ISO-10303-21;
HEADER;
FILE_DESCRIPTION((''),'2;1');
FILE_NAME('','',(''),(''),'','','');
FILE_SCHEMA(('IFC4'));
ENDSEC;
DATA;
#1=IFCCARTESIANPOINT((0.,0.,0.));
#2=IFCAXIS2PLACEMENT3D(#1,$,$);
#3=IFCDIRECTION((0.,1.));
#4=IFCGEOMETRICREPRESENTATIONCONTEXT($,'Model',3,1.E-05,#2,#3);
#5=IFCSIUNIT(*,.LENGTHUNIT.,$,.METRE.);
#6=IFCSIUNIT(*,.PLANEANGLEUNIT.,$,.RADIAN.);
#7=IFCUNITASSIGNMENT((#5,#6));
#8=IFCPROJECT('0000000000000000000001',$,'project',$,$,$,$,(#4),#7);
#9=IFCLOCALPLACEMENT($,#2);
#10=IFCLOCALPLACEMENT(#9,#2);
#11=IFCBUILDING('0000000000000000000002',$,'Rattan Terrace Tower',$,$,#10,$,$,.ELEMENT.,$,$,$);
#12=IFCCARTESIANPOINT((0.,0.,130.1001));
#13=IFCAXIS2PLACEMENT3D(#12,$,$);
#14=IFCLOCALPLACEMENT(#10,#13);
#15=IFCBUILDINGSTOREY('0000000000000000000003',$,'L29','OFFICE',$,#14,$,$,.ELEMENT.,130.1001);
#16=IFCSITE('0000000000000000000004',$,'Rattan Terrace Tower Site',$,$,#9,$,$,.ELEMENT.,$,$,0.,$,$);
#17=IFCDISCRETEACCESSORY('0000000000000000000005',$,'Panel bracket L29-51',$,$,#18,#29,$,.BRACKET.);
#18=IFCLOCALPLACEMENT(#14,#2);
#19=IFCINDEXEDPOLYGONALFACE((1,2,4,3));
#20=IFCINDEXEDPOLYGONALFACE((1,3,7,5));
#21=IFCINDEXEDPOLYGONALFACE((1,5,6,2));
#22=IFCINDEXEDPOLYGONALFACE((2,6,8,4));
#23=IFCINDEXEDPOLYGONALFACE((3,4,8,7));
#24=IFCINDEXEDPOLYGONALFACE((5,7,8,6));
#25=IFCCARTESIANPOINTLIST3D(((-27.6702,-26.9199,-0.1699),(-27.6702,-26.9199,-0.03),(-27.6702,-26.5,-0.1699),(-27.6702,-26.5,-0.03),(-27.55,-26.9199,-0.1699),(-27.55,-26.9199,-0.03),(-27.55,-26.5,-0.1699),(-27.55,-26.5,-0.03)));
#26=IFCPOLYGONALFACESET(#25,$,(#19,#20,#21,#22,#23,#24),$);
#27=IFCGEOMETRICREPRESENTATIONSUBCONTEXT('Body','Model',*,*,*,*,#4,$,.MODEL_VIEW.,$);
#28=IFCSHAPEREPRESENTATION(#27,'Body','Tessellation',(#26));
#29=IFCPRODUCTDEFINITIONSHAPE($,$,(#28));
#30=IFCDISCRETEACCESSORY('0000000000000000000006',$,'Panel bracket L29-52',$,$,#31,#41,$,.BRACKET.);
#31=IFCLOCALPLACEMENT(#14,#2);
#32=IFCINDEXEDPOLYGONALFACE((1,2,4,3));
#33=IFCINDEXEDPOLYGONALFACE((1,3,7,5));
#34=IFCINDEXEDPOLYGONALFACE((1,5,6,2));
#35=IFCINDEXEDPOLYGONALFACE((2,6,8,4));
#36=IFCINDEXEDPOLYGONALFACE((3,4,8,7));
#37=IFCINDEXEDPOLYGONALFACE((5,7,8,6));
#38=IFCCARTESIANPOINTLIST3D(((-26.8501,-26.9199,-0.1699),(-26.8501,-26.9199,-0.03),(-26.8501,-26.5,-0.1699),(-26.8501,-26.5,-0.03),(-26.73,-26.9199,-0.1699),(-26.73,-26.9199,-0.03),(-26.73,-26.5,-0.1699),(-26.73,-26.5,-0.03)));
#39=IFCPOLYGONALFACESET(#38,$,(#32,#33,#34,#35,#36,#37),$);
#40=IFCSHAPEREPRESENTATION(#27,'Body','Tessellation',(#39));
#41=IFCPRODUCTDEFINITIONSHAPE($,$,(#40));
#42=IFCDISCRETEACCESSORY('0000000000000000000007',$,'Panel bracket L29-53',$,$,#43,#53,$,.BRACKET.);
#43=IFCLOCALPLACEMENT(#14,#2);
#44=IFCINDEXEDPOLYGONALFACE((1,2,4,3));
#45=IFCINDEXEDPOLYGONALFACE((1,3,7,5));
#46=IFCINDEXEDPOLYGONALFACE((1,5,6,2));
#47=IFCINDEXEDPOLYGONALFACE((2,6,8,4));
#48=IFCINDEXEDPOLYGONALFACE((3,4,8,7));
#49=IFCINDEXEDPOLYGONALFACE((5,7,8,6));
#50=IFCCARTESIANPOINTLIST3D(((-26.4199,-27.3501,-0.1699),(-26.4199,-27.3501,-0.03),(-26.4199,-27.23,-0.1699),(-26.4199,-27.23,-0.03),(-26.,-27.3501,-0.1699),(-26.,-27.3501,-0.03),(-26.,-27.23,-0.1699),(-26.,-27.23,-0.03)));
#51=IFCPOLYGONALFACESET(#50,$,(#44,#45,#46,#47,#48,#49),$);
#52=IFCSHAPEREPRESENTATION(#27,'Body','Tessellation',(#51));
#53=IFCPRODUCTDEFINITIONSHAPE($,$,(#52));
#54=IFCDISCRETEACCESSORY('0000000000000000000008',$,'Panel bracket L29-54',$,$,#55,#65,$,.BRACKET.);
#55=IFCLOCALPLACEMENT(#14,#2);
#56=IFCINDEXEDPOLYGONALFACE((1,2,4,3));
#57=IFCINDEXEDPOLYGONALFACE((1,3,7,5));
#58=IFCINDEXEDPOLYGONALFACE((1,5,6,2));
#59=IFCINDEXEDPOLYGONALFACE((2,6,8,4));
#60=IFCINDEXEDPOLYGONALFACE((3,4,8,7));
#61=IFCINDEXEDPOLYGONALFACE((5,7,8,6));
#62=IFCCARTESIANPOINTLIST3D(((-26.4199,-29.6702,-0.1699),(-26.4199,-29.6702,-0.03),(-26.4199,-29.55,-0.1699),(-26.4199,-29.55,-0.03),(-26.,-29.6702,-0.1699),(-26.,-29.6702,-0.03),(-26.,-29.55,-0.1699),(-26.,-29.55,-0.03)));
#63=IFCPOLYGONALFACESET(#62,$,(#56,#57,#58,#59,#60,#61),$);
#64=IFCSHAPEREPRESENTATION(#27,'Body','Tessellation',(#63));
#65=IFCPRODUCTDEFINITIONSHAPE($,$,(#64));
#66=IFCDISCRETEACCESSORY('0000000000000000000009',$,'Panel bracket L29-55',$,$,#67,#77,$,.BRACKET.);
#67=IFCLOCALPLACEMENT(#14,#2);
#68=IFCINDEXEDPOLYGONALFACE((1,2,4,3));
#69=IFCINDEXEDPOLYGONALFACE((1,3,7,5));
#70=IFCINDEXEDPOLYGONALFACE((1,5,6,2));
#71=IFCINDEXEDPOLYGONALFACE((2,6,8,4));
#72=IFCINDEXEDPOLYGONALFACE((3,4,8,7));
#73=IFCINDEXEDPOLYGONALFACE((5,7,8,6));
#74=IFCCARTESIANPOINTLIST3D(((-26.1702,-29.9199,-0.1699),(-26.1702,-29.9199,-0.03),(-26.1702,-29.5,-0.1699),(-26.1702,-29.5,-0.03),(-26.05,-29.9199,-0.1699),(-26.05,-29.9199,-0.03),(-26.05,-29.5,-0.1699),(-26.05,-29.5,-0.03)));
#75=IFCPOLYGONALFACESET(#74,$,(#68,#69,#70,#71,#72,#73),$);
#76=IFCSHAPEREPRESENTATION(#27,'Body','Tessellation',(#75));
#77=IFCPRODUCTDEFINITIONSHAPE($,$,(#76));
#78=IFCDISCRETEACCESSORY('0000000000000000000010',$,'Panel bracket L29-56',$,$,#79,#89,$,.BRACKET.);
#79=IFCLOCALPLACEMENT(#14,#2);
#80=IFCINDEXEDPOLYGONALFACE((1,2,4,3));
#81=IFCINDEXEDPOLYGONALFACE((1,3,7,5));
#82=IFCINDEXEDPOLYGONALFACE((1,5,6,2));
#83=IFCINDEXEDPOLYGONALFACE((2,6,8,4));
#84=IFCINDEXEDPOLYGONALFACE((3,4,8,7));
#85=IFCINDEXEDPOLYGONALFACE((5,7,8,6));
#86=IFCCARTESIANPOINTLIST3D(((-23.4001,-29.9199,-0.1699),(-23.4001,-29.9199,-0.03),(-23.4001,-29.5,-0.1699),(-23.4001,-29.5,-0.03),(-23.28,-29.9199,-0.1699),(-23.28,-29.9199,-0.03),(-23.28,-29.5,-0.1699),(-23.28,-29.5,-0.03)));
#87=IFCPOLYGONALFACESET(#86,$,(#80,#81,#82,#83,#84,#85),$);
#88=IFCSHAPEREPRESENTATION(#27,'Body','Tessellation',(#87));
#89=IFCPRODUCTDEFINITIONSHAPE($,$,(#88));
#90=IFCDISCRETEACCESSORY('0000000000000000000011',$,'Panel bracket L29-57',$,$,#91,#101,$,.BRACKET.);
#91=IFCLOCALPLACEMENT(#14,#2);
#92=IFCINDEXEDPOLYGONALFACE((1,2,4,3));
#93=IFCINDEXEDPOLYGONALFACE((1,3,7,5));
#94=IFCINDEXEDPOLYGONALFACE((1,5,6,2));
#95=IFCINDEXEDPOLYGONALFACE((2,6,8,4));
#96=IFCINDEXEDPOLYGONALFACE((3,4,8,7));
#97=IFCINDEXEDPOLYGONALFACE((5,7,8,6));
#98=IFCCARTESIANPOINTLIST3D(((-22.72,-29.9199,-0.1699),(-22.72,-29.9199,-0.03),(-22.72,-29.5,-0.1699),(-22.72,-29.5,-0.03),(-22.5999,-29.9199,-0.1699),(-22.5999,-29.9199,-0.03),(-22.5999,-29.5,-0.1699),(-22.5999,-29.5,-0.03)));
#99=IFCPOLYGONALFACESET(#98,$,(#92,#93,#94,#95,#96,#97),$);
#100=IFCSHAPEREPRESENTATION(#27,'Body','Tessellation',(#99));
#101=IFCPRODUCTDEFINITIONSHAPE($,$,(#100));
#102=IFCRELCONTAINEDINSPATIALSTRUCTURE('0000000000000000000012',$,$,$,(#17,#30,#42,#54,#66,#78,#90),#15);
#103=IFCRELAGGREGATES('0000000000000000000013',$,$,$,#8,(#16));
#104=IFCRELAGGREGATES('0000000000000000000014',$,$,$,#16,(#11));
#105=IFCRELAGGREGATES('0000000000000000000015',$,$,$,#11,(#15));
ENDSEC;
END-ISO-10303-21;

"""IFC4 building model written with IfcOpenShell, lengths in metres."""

from ifc_helpers import new_model, si_unit, direction, frame, origin, origin_2d, place, context, subcontext, project, spatial, rectangle, extrude, element, save


model = new_model("IFC4")

# Units and contexts
model_context = context("Model", 3, precision=1e-05, world=origin(), true_north=direction((0.0, 1.0)))
body_context = subcontext(model_context, "Body", "Model", "MODEL_VIEW")
ifc_project = project(units=[si_unit("LENGTHUNIT", "METRE"), si_unit("PLANEANGLEUNIT", "RADIAN")], contexts=[model_context])

# Site, building, storey
site_placement = place(None, origin())
site = spatial("IfcSite", under=ifc_project, at=site_placement, Name="Rattan Terrace Tower Site", CompositionType="ELEMENT", RefElevation=0.0)
building_placement = place(site_placement, origin())
building = spatial("IfcBuilding", under=site, at=building_placement, Name="Rattan Terrace Tower", CompositionType="ELEMENT")
storey_placement = place(building_placement, frame((0.0, 0.0, 130.1001)))
storey = spatial("IfcBuildingStorey", under=building, at=storey_placement, Name="L29", Description="OFFICE", CompositionType="ELEMENT", Elevation=130.1001)

# Discrete accessories
for number, where, z_axis, x_axis, name in (
    (1, (-27.6101, -26.71, -0.1699), (0.0, 0.0, 1.0), (1.0, 0.0, 0.0), "Panel bracket L29-51"),
    (2, (-26.79, -26.71, -0.1699), (0.0, 0.0, 1.0), (1.0, 0.0, 0.0), "Panel bracket L29-52"),
    (3, (-26.21, -27.29, -0.1699), (0.0, 0.0, 1.0), (0.0, -1.0, 0.0), "Panel bracket L29-53"),
    (4, (-26.21, -29.6101, -0.1699), (0.0, 0.0, 1.0), (0.0, -1.0, 0.0), "Panel bracket L29-54"),
    (5, (-26.1101, -29.71, -0.1699), (0.0, 0.0, 1.0), (1.0, 0.0, 0.0), "Panel bracket L29-55"),
    (6, (-23.3401, -29.71, -0.1699), (0.0, 0.0, 1.0), (1.0, 0.0, 0.0), "Panel bracket L29-56"),
    (7, (-22.6599, -29.71, -0.1699), (0.0, 0.0, 1.0), (1.0, 0.0, 0.0), "Panel bracket L29-57"),
):
    element("IfcDiscreteAccessory", number, at=place(storey_placement, frame(where, z_axis=z_axis, x_axis=x_axis)), inside=storey, Name=name, PredefinedType="BRACKET", context=body_context, shape_type="SweptSolid", body=[
        extrude(rectangle(XDim=0.1201, YDim=0.4199, at=origin_2d()), origin(), (0.0, 0.0, 1.0), 0.1399),
    ])

save(model, "model.ifc")
